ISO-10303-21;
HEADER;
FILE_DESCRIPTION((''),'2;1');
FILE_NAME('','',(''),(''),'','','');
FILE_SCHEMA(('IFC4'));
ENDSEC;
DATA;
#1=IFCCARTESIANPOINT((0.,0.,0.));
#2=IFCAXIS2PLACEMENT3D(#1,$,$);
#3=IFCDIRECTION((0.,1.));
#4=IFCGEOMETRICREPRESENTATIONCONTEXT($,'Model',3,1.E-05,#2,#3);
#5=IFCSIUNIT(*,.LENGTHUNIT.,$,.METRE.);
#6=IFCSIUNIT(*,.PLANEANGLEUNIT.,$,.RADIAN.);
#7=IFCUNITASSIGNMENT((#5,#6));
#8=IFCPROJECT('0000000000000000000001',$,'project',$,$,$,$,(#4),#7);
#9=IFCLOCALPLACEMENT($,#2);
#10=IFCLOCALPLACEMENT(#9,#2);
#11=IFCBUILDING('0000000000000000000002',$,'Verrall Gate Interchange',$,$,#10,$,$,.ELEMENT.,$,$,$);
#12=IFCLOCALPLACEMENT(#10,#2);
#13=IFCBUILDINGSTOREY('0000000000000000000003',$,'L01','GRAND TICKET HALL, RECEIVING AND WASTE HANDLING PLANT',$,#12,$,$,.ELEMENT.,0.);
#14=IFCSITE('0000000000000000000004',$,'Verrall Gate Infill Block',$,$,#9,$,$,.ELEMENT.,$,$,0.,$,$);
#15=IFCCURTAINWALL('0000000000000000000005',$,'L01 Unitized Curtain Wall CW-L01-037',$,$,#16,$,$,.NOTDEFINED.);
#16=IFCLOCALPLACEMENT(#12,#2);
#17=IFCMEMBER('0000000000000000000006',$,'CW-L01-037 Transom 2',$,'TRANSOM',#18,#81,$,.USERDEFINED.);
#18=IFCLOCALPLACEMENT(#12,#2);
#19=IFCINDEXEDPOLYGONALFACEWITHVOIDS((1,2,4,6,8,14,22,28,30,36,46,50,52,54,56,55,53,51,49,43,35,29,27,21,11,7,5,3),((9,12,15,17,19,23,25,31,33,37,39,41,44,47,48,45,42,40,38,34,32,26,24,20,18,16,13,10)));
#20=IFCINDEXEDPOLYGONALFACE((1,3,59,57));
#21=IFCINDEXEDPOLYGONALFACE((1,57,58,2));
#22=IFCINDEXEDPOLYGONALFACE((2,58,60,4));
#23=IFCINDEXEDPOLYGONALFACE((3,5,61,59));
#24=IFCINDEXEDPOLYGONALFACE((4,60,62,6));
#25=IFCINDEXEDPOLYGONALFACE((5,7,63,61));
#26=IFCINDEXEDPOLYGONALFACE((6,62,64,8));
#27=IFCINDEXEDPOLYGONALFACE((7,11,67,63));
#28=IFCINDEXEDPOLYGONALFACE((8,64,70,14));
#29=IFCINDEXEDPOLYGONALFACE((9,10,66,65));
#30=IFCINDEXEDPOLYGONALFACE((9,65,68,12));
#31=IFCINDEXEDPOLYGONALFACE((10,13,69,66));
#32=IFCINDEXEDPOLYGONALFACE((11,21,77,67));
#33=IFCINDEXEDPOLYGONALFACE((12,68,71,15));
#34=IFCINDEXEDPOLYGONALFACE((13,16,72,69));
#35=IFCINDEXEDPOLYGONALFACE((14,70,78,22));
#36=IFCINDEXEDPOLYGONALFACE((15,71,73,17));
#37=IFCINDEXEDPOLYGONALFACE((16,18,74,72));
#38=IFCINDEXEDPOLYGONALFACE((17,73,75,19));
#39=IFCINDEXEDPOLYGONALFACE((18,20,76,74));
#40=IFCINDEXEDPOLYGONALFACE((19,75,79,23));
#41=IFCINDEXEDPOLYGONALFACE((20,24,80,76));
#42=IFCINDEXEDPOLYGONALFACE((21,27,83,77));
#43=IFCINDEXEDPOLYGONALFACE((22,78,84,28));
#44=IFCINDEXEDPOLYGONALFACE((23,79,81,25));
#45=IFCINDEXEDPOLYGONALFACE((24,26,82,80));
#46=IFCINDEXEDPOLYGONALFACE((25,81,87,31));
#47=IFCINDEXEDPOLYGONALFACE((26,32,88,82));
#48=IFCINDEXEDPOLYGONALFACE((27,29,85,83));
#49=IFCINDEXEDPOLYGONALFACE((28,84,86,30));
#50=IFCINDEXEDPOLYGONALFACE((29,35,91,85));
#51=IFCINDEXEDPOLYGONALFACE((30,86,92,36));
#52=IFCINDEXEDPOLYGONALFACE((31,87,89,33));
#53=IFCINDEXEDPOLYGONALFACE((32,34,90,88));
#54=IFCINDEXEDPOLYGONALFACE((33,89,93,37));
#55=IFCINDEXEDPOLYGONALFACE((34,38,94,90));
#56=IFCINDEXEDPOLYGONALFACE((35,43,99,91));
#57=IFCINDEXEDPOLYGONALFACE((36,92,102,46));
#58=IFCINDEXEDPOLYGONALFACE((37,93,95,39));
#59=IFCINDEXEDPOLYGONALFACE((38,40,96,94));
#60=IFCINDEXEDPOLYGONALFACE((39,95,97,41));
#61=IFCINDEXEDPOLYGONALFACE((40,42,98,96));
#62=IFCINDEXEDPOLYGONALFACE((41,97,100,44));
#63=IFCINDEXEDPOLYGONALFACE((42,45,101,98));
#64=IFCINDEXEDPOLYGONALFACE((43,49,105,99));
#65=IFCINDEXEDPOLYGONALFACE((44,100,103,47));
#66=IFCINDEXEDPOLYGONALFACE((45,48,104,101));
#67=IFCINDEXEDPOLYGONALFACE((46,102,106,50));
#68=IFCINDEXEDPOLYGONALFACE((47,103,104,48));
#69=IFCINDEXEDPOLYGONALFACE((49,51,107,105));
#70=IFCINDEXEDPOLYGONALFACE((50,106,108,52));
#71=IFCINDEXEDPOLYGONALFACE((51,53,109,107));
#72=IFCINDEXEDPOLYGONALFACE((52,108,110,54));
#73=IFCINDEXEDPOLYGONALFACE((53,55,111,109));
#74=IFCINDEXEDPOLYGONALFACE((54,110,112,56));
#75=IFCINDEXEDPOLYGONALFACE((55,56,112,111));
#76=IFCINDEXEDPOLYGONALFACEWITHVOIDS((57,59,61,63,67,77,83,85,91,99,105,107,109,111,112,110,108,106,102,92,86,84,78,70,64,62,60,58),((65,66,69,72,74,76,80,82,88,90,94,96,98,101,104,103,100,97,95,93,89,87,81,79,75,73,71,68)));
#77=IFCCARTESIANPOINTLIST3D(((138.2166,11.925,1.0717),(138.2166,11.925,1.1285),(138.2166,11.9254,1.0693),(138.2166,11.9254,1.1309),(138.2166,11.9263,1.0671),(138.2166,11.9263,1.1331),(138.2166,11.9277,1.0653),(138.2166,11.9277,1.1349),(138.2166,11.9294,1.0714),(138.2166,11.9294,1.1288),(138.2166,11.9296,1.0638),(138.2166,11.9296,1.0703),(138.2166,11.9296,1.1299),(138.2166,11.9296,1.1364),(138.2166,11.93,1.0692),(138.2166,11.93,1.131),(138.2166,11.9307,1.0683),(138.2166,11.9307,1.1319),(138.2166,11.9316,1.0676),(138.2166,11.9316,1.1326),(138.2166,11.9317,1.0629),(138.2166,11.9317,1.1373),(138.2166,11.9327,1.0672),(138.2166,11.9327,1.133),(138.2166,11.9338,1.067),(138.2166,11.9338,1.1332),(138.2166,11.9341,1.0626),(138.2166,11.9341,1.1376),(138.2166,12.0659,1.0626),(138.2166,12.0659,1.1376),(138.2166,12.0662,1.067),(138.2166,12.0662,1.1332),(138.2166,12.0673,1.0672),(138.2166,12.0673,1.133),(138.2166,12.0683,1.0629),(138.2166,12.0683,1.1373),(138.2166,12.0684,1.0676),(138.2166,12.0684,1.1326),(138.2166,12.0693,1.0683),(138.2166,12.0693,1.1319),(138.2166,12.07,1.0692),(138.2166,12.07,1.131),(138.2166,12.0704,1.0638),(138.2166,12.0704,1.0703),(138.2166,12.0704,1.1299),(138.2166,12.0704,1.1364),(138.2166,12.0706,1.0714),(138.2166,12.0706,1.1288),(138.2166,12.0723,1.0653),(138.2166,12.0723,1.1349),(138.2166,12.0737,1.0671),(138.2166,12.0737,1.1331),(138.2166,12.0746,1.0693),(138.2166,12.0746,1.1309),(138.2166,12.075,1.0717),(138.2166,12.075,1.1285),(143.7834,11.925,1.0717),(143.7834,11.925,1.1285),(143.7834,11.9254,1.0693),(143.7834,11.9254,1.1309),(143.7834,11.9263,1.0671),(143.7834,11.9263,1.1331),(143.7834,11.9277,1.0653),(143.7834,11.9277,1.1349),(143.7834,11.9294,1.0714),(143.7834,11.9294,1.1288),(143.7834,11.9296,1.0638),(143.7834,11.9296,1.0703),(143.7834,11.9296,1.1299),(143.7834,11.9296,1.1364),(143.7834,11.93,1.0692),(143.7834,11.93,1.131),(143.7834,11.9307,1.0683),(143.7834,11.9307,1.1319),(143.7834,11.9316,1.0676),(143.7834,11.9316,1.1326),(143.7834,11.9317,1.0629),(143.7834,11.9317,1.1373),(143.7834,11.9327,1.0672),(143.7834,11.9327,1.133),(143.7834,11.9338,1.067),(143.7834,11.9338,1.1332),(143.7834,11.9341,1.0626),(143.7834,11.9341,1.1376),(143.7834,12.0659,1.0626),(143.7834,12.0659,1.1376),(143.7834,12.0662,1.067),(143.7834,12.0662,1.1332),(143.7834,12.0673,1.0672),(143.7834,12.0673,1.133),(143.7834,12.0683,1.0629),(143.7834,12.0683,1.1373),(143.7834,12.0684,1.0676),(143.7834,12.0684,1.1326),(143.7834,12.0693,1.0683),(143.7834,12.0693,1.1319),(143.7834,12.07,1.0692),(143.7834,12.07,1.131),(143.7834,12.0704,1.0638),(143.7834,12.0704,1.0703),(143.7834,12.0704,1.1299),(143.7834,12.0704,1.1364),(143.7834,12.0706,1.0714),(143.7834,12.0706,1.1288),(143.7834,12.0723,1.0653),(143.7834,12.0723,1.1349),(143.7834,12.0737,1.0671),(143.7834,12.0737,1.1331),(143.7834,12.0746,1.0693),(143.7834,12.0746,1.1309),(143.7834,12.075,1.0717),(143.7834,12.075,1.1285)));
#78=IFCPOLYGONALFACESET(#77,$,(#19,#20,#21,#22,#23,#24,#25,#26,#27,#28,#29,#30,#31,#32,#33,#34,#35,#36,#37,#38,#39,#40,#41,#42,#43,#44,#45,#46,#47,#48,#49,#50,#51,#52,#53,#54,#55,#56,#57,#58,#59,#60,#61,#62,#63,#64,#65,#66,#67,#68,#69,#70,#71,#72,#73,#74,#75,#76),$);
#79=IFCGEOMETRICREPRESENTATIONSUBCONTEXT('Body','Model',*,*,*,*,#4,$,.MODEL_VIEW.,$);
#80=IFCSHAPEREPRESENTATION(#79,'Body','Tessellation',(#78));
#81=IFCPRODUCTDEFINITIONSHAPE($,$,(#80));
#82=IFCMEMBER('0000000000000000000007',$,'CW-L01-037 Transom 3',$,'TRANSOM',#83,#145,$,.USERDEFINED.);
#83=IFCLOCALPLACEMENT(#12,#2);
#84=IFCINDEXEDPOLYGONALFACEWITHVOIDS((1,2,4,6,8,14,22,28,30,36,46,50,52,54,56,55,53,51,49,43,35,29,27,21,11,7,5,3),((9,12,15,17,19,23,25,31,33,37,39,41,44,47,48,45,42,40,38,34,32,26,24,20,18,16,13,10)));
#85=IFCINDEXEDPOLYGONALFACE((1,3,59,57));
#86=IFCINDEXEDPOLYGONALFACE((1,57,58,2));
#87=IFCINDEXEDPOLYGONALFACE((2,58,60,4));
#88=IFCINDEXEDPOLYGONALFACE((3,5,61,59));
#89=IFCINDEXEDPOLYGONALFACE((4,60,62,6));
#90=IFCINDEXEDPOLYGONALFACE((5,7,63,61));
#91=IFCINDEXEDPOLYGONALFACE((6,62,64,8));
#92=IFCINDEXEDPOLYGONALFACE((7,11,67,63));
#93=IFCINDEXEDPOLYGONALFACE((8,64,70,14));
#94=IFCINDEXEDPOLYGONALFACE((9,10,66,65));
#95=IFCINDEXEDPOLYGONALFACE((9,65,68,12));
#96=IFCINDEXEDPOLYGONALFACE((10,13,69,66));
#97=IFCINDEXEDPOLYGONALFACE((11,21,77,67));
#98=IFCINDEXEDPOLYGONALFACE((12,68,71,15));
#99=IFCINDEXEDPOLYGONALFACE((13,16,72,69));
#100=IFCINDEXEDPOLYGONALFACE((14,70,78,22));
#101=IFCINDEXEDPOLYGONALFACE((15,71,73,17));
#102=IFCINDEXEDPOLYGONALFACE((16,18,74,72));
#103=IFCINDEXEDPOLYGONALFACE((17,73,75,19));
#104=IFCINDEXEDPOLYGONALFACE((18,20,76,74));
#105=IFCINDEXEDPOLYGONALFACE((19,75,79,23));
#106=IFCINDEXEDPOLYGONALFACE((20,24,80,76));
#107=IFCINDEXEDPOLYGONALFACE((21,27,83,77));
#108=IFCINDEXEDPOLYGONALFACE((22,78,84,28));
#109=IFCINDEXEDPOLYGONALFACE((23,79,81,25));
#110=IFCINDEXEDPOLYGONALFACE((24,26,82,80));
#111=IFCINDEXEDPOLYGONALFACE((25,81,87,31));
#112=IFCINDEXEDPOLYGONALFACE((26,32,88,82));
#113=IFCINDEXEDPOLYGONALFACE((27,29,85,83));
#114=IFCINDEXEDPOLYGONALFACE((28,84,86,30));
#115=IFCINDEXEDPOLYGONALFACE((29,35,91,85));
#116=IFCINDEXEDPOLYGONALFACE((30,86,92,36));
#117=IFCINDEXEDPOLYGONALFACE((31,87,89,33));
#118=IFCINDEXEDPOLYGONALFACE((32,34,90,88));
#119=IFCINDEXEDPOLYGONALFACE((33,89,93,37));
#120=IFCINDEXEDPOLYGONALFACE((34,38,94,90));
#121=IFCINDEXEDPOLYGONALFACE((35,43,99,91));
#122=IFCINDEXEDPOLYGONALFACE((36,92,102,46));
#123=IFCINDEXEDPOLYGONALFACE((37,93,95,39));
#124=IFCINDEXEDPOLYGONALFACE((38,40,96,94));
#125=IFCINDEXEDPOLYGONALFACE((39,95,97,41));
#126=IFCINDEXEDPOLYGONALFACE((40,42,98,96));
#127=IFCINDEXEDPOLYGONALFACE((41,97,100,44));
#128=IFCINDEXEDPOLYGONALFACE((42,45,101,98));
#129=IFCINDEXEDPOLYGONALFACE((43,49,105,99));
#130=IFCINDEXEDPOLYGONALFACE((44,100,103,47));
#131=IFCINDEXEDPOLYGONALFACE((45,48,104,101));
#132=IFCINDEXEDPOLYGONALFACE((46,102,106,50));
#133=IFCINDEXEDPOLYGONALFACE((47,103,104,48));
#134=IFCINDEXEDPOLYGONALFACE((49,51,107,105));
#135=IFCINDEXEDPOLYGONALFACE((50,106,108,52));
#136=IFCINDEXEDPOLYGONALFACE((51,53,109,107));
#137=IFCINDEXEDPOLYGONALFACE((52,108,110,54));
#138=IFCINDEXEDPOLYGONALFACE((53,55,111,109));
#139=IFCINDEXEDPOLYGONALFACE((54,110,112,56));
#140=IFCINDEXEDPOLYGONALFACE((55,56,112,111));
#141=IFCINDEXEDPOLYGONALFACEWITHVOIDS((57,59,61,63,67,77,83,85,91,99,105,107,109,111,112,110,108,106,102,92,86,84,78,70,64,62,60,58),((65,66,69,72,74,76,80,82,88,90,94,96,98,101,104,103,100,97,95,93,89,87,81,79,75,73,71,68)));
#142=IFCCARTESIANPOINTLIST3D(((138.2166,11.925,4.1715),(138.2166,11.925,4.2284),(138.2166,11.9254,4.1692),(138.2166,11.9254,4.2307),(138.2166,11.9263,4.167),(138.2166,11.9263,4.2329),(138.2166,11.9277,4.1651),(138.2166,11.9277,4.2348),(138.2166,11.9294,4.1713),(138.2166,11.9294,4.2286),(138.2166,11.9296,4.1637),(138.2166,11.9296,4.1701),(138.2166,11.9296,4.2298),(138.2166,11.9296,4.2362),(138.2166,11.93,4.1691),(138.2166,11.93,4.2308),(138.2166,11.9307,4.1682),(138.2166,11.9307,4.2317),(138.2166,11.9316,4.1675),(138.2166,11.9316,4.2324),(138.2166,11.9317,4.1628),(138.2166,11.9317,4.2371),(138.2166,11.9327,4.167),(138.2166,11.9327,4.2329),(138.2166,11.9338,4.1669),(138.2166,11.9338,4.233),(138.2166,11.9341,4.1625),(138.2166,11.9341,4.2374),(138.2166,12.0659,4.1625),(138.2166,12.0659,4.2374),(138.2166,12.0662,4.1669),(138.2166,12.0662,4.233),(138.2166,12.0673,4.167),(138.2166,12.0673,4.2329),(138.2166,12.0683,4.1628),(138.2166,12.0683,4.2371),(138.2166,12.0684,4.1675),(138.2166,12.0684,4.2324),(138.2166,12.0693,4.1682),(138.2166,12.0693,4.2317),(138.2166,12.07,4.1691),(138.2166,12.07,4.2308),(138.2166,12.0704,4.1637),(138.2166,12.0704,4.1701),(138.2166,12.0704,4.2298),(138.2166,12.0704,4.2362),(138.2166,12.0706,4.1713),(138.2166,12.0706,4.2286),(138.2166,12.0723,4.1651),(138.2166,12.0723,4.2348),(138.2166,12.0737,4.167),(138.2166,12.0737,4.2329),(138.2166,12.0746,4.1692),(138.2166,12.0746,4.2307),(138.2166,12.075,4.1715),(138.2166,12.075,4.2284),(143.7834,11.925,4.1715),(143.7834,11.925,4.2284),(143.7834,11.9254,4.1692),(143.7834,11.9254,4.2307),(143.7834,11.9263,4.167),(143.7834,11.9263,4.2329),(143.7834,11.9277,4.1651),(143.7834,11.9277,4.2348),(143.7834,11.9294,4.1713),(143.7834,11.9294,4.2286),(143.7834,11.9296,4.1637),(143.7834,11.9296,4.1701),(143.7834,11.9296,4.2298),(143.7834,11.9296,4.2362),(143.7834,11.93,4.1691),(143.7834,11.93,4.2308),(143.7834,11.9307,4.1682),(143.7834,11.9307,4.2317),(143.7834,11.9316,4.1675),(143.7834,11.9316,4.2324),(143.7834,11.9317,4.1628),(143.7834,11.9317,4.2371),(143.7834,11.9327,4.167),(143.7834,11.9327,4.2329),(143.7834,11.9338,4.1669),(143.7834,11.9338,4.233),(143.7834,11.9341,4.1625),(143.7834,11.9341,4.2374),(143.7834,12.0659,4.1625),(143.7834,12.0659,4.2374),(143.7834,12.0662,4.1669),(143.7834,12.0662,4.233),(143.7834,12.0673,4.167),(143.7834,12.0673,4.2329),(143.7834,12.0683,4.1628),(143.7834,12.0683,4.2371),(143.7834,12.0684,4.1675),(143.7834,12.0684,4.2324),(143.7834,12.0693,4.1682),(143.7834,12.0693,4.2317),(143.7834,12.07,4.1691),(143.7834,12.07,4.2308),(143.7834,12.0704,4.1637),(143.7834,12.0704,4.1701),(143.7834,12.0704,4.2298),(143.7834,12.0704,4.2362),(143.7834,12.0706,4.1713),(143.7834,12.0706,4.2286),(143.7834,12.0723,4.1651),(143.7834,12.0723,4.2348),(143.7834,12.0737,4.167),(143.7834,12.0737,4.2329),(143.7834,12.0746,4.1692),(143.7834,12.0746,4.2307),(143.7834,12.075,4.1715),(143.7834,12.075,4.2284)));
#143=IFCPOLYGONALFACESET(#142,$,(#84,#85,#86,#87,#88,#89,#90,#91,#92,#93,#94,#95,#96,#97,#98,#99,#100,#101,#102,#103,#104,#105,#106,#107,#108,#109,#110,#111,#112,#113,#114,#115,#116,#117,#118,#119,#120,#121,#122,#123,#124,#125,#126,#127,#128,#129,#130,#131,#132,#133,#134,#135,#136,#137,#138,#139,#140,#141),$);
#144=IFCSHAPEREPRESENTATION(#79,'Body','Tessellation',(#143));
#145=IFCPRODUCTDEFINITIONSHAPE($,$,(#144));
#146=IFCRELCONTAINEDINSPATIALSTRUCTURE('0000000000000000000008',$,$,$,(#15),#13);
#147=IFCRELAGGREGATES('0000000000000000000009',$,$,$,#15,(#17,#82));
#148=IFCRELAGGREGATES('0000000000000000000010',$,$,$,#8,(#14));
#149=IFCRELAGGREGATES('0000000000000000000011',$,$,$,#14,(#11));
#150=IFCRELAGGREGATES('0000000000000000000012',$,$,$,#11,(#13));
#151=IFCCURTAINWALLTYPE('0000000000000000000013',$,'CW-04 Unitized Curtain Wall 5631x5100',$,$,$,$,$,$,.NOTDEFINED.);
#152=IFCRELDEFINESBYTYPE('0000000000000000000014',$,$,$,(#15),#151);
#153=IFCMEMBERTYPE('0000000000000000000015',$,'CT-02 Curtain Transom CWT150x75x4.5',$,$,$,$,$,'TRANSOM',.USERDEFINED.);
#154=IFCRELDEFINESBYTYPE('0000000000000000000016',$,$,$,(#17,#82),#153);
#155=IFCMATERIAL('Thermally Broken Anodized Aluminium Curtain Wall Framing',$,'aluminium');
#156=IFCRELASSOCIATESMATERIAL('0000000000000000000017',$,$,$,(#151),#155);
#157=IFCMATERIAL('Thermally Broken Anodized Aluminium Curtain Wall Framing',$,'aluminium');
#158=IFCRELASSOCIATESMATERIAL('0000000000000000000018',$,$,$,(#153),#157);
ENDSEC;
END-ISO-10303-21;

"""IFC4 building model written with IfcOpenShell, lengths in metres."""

from ifc_helpers import new_model, si_unit, direction, frame, origin, origin_2d, place, context, subcontext, project, spatial, hollow_rectangle, extrude, material, material_profile, profile_set, type_object, element, aggregate, save


model = new_model("IFC4")

# Units and contexts
model_context = context("Model", 3, precision=1e-05, world=origin(), true_north=direction((0.0, 1.0)))
body_context = subcontext(model_context, "Body", "Model", "MODEL_VIEW")
ifc_project = project(units=[si_unit("LENGTHUNIT", "METRE"), si_unit("PLANEANGLEUNIT", "RADIAN")], contexts=[model_context])

# Site, building, storey
site_placement = place(None, origin())
site = spatial("IfcSite", under=ifc_project, at=site_placement, Name="Verrall Gate Infill Block", CompositionType="ELEMENT", RefElevation=0.0)
building_placement = place(site_placement, origin())
building = spatial("IfcBuilding", under=site, at=building_placement, Name="Verrall Gate Interchange", CompositionType="ELEMENT")
storey_placement = place(building_placement, origin())
storey = spatial("IfcBuildingStorey", under=building, at=storey_placement, Name="L01", Description="GRAND TICKET HALL, RECEIVING AND WASTE HANDLING PLANT", CompositionType="ELEMENT", Elevation=0.0)

# Curtain wall, members
ifc_material_1 = material(Name="Thermally Broken Anodized Aluminium Curtain Wall Framing", Category="aluminium")
curtain_wall_type = type_object("IfcCurtainWallType", Name="CW-04 Unitized Curtain Wall 5631x5100", PredefinedType="NOTDEFINED", material=ifc_material_1)
curtain_wall_placement = place(storey_placement, origin())
curtain_wall = element("IfcCurtainWall", 1, at=curtain_wall_placement, inside=storey, type_object=curtain_wall_type, Name="L01 Unitized Curtain Wall CW-L01-037", PredefinedType="NOTDEFINED")
ifc_material_2 = material(Name="Thermally Broken Anodized Aluminium Curtain Wall Framing", Category="aluminium")
ifc_material_profile_1 = material_profile(ifc_material_2, hollow_rectangle(XDim=0.1499, YDim=0.075, WallThickness=0.0044, InnerFilletRadius=0.0044, OuterFilletRadius=0.009, at=origin_2d()), Name="CWT150x75x4.5")
ifc_profile_set_1 = profile_set([ifc_material_profile_1], Name="Thermally Broken Anodized Aluminium Curtain Wall Framing")
member_type_1 = type_object("IfcMemberType", Name="CT-02 Curtain Transom CWT150x75x4.5", ElementType="TRANSOM", PredefinedType="USERDEFINED", material=ifc_profile_set_1)
member_1_placement = place(storey_placement, frame((138.2166, 12.0, 1.1001), z_axis=(1.0, 0.0, 0.0), x_axis=(0.0, 1.0, 0.0)))
member_1 = element("IfcMember", 2, at=member_1_placement, type_object=member_type_1, Name="CW-L01-037 Transom 2", ObjectType="TRANSOM", PredefinedType="USERDEFINED", context=body_context, shape_type="SweptSolid", body=[
    extrude(hollow_rectangle(XDim=0.1499, YDim=0.075, WallThickness=0.0044, InnerFilletRadius=0.0044, OuterFilletRadius=0.009, at=origin_2d()), origin(), (0.0, 0.0, 1.0), 5.5669),
])
member_2_placement = place(storey_placement, frame((138.2166, 12.0, 4.2), z_axis=(1.0, 0.0, 0.0), x_axis=(0.0, 1.0, 0.0)))
member_2 = element("IfcMember", 3, at=member_2_placement, type_object=member_type_1, Name="CW-L01-037 Transom 3", ObjectType="TRANSOM", PredefinedType="USERDEFINED", context=body_context, shape_type="SweptSolid", body=[
    extrude(hollow_rectangle(XDim=0.1499, YDim=0.075, WallThickness=0.0044, InnerFilletRadius=0.0044, OuterFilletRadius=0.009, at=origin_2d()), origin(), (0.0, 0.0, 1.0), 5.5669),
])

aggregate(curtain_wall, [member_1, member_2])

save(model, "model.ifc")
